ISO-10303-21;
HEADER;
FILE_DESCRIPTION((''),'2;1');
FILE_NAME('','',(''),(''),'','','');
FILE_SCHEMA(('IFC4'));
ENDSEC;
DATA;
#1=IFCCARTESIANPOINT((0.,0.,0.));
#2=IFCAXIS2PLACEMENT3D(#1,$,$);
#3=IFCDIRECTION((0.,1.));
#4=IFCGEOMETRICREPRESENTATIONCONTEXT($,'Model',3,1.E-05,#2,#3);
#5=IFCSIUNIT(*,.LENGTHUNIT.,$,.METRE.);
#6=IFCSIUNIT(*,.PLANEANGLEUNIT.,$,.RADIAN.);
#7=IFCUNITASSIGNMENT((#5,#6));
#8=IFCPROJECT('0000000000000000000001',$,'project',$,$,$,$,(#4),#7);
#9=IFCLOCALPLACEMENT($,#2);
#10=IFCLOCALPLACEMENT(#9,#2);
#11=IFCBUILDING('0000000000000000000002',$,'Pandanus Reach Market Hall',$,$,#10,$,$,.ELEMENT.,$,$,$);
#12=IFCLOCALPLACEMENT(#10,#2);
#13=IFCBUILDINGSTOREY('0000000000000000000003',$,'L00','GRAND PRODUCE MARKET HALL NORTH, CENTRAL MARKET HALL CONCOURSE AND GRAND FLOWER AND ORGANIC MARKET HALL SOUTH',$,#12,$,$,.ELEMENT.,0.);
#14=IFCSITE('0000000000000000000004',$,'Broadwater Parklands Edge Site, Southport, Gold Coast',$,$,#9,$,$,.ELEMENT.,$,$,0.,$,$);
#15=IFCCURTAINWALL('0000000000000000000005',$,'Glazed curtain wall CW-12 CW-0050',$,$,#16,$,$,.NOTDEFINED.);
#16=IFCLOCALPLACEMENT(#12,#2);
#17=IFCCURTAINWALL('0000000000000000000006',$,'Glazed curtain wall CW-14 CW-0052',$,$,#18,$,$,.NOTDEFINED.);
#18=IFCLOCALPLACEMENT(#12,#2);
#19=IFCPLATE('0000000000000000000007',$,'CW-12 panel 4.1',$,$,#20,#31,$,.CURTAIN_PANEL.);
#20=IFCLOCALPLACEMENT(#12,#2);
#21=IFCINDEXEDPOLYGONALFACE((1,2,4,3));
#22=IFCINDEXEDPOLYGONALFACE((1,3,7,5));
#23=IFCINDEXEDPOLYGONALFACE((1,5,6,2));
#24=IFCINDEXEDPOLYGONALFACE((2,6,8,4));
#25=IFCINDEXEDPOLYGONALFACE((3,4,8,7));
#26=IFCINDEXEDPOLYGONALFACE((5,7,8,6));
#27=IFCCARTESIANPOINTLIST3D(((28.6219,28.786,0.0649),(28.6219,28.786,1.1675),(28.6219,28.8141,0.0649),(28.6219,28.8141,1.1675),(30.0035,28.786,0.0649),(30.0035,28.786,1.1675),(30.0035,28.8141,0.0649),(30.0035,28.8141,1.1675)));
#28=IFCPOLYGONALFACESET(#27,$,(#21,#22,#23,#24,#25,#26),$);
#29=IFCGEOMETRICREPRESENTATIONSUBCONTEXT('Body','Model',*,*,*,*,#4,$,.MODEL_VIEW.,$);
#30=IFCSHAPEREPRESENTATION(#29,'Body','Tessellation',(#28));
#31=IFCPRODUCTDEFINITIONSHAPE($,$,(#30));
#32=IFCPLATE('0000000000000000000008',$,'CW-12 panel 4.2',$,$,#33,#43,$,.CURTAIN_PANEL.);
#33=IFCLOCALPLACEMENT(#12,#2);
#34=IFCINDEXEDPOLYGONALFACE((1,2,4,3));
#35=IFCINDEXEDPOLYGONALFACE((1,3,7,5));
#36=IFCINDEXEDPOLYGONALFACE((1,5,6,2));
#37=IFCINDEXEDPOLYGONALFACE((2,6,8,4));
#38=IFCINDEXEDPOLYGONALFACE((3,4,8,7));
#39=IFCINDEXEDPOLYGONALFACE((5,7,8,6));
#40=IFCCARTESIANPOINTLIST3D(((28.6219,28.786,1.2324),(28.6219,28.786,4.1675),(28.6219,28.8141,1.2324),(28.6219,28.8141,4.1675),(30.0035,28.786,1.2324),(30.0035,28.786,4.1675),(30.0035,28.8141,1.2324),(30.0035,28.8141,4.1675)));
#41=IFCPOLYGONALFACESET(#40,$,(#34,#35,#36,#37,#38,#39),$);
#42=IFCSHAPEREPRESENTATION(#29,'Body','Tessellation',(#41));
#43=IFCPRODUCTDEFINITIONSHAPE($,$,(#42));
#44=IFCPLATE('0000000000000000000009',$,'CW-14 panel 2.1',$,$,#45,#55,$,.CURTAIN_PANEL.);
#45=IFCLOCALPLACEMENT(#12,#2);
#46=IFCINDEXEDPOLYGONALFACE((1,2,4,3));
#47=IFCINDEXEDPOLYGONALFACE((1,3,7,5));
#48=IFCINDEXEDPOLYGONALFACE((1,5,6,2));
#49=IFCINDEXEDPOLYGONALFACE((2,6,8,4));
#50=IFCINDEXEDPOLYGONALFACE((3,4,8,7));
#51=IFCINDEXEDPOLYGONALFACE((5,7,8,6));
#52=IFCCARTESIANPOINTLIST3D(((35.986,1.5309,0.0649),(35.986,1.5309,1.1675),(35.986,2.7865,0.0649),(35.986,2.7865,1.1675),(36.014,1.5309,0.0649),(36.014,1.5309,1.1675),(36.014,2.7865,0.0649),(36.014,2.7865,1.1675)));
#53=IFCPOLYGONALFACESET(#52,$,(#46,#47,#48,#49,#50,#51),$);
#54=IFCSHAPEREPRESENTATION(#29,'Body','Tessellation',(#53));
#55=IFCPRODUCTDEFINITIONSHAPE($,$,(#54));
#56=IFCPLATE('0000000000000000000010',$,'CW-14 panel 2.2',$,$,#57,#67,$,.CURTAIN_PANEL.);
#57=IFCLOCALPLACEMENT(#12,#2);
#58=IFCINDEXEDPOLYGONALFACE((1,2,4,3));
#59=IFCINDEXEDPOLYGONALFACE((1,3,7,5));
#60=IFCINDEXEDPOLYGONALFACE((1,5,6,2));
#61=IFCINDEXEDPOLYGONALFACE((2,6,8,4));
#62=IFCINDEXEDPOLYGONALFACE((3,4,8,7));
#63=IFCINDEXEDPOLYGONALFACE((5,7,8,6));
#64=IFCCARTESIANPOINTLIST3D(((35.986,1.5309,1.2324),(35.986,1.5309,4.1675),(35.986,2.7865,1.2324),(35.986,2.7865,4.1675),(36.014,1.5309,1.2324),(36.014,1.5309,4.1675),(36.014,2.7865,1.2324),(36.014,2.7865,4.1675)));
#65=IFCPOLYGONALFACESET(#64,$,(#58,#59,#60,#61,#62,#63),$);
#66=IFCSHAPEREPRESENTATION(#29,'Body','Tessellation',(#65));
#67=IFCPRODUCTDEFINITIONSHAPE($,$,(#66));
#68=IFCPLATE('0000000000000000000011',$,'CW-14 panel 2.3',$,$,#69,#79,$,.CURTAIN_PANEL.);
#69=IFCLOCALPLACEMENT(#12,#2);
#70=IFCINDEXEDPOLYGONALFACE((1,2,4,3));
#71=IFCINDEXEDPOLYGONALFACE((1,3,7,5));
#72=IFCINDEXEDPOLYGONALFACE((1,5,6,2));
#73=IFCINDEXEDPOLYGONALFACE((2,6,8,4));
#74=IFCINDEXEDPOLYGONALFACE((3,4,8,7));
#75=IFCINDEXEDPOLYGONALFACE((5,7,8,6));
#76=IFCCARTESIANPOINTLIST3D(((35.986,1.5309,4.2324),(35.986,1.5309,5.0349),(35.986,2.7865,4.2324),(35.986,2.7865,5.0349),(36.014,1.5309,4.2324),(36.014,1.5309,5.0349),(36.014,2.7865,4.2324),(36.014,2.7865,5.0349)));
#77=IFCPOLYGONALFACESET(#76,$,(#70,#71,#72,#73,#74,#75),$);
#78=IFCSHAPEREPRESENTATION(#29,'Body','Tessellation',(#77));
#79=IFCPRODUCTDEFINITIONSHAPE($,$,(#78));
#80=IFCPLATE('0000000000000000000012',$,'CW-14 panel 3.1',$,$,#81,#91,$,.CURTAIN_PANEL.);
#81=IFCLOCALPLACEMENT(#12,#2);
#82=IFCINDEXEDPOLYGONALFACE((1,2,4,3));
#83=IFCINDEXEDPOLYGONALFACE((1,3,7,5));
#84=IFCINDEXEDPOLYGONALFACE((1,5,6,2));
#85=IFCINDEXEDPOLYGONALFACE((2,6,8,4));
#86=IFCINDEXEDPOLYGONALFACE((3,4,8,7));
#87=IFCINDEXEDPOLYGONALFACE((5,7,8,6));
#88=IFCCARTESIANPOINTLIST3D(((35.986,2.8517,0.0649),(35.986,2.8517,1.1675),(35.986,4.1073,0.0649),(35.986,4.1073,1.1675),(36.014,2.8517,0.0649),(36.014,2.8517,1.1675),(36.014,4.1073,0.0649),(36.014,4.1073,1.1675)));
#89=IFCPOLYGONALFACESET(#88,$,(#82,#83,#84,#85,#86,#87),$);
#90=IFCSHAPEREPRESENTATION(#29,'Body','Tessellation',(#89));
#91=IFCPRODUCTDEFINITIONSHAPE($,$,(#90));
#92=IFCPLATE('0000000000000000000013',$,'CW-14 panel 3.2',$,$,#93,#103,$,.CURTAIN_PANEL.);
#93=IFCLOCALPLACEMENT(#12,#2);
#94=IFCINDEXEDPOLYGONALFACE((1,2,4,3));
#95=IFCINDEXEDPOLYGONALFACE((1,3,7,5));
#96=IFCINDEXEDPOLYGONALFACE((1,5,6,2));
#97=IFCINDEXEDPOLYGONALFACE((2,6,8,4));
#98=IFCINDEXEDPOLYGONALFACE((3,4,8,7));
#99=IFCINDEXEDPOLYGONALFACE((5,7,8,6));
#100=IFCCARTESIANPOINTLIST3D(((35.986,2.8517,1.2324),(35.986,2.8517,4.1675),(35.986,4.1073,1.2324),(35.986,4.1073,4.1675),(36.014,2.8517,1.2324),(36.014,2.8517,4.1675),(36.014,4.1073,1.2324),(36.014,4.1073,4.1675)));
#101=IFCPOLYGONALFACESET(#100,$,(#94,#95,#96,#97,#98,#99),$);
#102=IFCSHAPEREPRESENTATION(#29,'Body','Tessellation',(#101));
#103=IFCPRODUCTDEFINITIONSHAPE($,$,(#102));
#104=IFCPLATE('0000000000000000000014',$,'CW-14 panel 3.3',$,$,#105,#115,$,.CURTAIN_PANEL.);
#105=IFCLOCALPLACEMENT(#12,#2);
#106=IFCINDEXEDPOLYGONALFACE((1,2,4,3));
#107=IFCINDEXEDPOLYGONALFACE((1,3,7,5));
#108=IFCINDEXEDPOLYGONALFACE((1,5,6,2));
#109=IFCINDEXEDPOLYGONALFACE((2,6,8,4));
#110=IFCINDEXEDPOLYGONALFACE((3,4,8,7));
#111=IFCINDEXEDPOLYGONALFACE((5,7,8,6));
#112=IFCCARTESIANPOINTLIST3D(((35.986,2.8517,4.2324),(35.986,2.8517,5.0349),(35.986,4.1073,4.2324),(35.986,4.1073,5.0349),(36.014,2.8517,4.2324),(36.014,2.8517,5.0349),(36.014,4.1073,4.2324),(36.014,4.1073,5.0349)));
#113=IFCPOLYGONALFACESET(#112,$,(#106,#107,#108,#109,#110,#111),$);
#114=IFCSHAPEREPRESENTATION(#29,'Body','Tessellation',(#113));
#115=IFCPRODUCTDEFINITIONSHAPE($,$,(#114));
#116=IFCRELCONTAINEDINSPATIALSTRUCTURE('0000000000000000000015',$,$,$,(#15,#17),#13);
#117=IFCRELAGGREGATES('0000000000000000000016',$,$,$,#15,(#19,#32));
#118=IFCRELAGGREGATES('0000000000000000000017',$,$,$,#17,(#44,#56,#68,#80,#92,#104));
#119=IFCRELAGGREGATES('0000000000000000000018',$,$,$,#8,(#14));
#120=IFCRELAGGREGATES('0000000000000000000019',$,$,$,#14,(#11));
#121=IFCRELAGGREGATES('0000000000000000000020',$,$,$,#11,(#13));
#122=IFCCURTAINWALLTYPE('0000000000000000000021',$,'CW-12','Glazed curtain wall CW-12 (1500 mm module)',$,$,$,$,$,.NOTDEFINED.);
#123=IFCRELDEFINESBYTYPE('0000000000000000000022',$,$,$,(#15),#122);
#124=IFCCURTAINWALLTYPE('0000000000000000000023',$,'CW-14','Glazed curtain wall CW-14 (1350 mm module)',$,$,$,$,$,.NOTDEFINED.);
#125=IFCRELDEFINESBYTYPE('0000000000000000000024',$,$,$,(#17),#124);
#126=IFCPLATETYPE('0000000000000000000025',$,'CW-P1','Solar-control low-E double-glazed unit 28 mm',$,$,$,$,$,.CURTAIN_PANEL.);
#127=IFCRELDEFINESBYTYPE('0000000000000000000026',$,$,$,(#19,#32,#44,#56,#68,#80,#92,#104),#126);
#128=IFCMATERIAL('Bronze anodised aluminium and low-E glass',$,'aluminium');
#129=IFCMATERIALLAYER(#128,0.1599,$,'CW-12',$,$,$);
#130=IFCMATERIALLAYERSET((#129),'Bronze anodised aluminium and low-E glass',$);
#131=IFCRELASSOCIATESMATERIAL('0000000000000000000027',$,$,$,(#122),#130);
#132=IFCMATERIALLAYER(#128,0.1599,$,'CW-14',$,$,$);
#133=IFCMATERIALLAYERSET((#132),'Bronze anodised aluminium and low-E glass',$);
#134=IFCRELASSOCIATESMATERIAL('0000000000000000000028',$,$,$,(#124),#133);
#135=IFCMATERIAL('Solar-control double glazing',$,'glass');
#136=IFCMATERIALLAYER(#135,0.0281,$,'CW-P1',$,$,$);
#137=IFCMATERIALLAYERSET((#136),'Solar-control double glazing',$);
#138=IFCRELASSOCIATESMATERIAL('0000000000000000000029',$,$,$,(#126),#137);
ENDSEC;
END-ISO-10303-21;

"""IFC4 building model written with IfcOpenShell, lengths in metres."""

from ifc_helpers import new_model, si_unit, direction, frame, origin, origin_2d, place, context, subcontext, project, spatial, rectangle, extrude, material, layer, layer_set, type_object, element, aggregate, save


model = new_model("IFC4")

# Units and contexts
model_context = context("Model", 3, precision=1e-05, world=origin(), true_north=direction((0.0, 1.0)))
body_context = subcontext(model_context, "Body", "Model", "MODEL_VIEW")
ifc_project = project(units=[si_unit("LENGTHUNIT", "METRE"), si_unit("PLANEANGLEUNIT", "RADIAN")], contexts=[model_context])

# Site, building, storey
site_placement = place(None, origin())
site = spatial("IfcSite", under=ifc_project, at=site_placement, Name="Broadwater Parklands Edge Site, Southport, Gold Coast", CompositionType="ELEMENT", RefElevation=0.0)
building_placement = place(site_placement, origin())
building = spatial("IfcBuilding", under=site, at=building_placement, Name="Pandanus Reach Market Hall", CompositionType="ELEMENT")
storey_placement = place(building_placement, origin())
storey = spatial("IfcBuildingStorey", under=building, at=storey_placement, Name="L00", Description="GRAND PRODUCE MARKET HALL NORTH, CENTRAL MARKET HALL CONCOURSE AND GRAND FLOWER AND ORGANIC MARKET HALL SOUTH", CompositionType="ELEMENT", Elevation=0.0)

# Curtain wall
ifc_material_1 = material(Name="Bronze anodised aluminium and low-E glass", Category="aluminium")
ifc_layer_1 = layer(ifc_material_1, 0.1599, Name="CW-12")
ifc_layer_set_1 = layer_set([ifc_layer_1], Name="Bronze anodised aluminium and low-E glass")
curtain_wall_type_1 = type_object("IfcCurtainWallType", Name="CW-12", Description="Glazed curtain wall CW-12 (1500 mm module)", PredefinedType="NOTDEFINED", material=ifc_layer_set_1)
curtain_wall_1_placement = place(storey_placement, origin())
curtain_wall_1 = element("IfcCurtainWall", 1, at=curtain_wall_1_placement, inside=storey, type_object=curtain_wall_type_1, Name="Glazed curtain wall CW-12 CW-0050", PredefinedType="NOTDEFINED")

# Curtain wall
ifc_layer_2 = layer(ifc_material_1, 0.1599, Name="CW-14")
ifc_layer_set_2 = layer_set([ifc_layer_2], Name="Bronze anodised aluminium and low-E glass")
curtain_wall_type_2 = type_object("IfcCurtainWallType", Name="CW-14", Description="Glazed curtain wall CW-14 (1350 mm module)", PredefinedType="NOTDEFINED", material=ifc_layer_set_2)
curtain_wall_2_placement = place(storey_placement, origin())
curtain_wall_2 = element("IfcCurtainWall", 2, at=curtain_wall_2_placement, inside=storey, type_object=curtain_wall_type_2, Name="Glazed curtain wall CW-14 CW-0052", PredefinedType="NOTDEFINED")

# Plates
ifc_material_2 = material(Name="Solar-control double glazing", Category="glass")
ifc_layer_3 = layer(ifc_material_2, 0.0281, Name="CW-P1")
ifc_layer_set_3 = layer_set([ifc_layer_3], Name="Solar-control double glazing")
plate_type = type_object("IfcPlateType", Name="CW-P1", Description="Solar-control low-E double-glazed unit 28 mm", PredefinedType="CURTAIN_PANEL", material=ifc_layer_set_3)
plate_1_placement = place(storey_placement, frame((29.3127, 28.8, 0.0649), z_axis=(0.0, 0.0, 1.0), x_axis=(1.0, 0.0, 0.0)))
plate_1 = element("IfcPlate", 3, at=plate_1_placement, type_object=plate_type, Name="CW-12 panel 4.1", PredefinedType="CURTAIN_PANEL", context=body_context, shape_type="SweptSolid", body=[
    extrude(rectangle(XDim=1.3816, YDim=0.0281, at=origin_2d()), origin(), (0.0, 0.0, 1.0), 1.1025),
])
plate_2_placement = place(storey_placement, frame((29.3127, 28.8, 1.2324), z_axis=(0.0, 0.0, 1.0), x_axis=(1.0, 0.0, 0.0)))
plate_2 = element("IfcPlate", 4, at=plate_2_placement, type_object=plate_type, Name="CW-12 panel 4.2", PredefinedType="CURTAIN_PANEL", context=body_context, shape_type="SweptSolid", body=[
    extrude(rectangle(XDim=1.3816, YDim=0.0281, at=origin_2d()), origin(), (0.0, 0.0, 1.0), 2.9351),
])
aggregate(curtain_wall_1, [plate_1, plate_2])
plate_3_placement = place(storey_placement, frame((36.0, 2.1587, 0.0649), z_axis=(0.0, 0.0, 1.0), x_axis=(0.0, 1.0, 0.0)))
plate_3 = element("IfcPlate", 5, at=plate_3_placement, type_object=plate_type, Name="CW-14 panel 2.1", PredefinedType="CURTAIN_PANEL", context=body_context, shape_type="SweptSolid", body=[
    extrude(rectangle(XDim=1.2556, YDim=0.0281, at=origin_2d()), origin(), (0.0, 0.0, 1.0), 1.1025),
])
plate_4_placement = place(storey_placement, frame((36.0, 2.1587, 1.2324), z_axis=(0.0, 0.0, 1.0), x_axis=(0.0, 1.0, 0.0)))
plate_4 = element("IfcPlate", 6, at=plate_4_placement, type_object=plate_type, Name="CW-14 panel 2.2", PredefinedType="CURTAIN_PANEL", context=body_context, shape_type="SweptSolid", body=[
    extrude(rectangle(XDim=1.2556, YDim=0.0281, at=origin_2d()), origin(), (0.0, 0.0, 1.0), 2.9351),
])
plate_5_placement = place(storey_placement, frame((36.0, 2.1587, 4.2324), z_axis=(0.0, 0.0, 1.0), x_axis=(0.0, 1.0, 0.0)))
plate_5 = element("IfcPlate", 7, at=plate_5_placement, type_object=plate_type, Name="CW-14 panel 2.3", PredefinedType="CURTAIN_PANEL", context=body_context, shape_type="SweptSolid", body=[
    extrude(rectangle(XDim=1.2556, YDim=0.0281, at=origin_2d()), origin(), (0.0, 0.0, 1.0), 0.8025),
])
plate_6_placement = place(storey_placement, frame((36.0, 3.4795, 0.0649), z_axis=(0.0, 0.0, 1.0), x_axis=(0.0, 1.0, 0.0)))
plate_6 = element("IfcPlate", 8, at=plate_6_placement, type_object=plate_type, Name="CW-14 panel 3.1", PredefinedType="CURTAIN_PANEL", context=body_context, shape_type="SweptSolid", body=[
    extrude(rectangle(XDim=1.2556, YDim=0.0281, at=origin_2d()), origin(), (0.0, 0.0, 1.0), 1.1025),
])
plate_7_placement = place(storey_placement, frame((36.0, 3.4795, 1.2324), z_axis=(0.0, 0.0, 1.0), x_axis=(0.0, 1.0, 0.0)))
plate_7 = element("IfcPlate", 9, at=plate_7_placement, type_object=plate_type, Name="CW-14 panel 3.2", PredefinedType="CURTAIN_PANEL", context=body_context, shape_type="SweptSolid", body=[
    extrude(rectangle(XDim=1.2556, YDim=0.0281, at=origin_2d()), origin(), (0.0, 0.0, 1.0), 2.9351),
])
plate_8_placement = place(storey_placement, frame((36.0, 3.4795, 4.2324), z_axis=(0.0, 0.0, 1.0), x_axis=(0.0, 1.0, 0.0)))
plate_8 = element("IfcPlate", 10, at=plate_8_placement, type_object=plate_type, Name="CW-14 panel 3.3", PredefinedType="CURTAIN_PANEL", context=body_context, shape_type="SweptSolid", body=[
    extrude(rectangle(XDim=1.2556, YDim=0.0281, at=origin_2d()), origin(), (0.0, 0.0, 1.0), 0.8025),
])
aggregate(curtain_wall_2, [plate_3, plate_4, plate_5, plate_6, plate_7, plate_8])

save(model, "model.ifc")
